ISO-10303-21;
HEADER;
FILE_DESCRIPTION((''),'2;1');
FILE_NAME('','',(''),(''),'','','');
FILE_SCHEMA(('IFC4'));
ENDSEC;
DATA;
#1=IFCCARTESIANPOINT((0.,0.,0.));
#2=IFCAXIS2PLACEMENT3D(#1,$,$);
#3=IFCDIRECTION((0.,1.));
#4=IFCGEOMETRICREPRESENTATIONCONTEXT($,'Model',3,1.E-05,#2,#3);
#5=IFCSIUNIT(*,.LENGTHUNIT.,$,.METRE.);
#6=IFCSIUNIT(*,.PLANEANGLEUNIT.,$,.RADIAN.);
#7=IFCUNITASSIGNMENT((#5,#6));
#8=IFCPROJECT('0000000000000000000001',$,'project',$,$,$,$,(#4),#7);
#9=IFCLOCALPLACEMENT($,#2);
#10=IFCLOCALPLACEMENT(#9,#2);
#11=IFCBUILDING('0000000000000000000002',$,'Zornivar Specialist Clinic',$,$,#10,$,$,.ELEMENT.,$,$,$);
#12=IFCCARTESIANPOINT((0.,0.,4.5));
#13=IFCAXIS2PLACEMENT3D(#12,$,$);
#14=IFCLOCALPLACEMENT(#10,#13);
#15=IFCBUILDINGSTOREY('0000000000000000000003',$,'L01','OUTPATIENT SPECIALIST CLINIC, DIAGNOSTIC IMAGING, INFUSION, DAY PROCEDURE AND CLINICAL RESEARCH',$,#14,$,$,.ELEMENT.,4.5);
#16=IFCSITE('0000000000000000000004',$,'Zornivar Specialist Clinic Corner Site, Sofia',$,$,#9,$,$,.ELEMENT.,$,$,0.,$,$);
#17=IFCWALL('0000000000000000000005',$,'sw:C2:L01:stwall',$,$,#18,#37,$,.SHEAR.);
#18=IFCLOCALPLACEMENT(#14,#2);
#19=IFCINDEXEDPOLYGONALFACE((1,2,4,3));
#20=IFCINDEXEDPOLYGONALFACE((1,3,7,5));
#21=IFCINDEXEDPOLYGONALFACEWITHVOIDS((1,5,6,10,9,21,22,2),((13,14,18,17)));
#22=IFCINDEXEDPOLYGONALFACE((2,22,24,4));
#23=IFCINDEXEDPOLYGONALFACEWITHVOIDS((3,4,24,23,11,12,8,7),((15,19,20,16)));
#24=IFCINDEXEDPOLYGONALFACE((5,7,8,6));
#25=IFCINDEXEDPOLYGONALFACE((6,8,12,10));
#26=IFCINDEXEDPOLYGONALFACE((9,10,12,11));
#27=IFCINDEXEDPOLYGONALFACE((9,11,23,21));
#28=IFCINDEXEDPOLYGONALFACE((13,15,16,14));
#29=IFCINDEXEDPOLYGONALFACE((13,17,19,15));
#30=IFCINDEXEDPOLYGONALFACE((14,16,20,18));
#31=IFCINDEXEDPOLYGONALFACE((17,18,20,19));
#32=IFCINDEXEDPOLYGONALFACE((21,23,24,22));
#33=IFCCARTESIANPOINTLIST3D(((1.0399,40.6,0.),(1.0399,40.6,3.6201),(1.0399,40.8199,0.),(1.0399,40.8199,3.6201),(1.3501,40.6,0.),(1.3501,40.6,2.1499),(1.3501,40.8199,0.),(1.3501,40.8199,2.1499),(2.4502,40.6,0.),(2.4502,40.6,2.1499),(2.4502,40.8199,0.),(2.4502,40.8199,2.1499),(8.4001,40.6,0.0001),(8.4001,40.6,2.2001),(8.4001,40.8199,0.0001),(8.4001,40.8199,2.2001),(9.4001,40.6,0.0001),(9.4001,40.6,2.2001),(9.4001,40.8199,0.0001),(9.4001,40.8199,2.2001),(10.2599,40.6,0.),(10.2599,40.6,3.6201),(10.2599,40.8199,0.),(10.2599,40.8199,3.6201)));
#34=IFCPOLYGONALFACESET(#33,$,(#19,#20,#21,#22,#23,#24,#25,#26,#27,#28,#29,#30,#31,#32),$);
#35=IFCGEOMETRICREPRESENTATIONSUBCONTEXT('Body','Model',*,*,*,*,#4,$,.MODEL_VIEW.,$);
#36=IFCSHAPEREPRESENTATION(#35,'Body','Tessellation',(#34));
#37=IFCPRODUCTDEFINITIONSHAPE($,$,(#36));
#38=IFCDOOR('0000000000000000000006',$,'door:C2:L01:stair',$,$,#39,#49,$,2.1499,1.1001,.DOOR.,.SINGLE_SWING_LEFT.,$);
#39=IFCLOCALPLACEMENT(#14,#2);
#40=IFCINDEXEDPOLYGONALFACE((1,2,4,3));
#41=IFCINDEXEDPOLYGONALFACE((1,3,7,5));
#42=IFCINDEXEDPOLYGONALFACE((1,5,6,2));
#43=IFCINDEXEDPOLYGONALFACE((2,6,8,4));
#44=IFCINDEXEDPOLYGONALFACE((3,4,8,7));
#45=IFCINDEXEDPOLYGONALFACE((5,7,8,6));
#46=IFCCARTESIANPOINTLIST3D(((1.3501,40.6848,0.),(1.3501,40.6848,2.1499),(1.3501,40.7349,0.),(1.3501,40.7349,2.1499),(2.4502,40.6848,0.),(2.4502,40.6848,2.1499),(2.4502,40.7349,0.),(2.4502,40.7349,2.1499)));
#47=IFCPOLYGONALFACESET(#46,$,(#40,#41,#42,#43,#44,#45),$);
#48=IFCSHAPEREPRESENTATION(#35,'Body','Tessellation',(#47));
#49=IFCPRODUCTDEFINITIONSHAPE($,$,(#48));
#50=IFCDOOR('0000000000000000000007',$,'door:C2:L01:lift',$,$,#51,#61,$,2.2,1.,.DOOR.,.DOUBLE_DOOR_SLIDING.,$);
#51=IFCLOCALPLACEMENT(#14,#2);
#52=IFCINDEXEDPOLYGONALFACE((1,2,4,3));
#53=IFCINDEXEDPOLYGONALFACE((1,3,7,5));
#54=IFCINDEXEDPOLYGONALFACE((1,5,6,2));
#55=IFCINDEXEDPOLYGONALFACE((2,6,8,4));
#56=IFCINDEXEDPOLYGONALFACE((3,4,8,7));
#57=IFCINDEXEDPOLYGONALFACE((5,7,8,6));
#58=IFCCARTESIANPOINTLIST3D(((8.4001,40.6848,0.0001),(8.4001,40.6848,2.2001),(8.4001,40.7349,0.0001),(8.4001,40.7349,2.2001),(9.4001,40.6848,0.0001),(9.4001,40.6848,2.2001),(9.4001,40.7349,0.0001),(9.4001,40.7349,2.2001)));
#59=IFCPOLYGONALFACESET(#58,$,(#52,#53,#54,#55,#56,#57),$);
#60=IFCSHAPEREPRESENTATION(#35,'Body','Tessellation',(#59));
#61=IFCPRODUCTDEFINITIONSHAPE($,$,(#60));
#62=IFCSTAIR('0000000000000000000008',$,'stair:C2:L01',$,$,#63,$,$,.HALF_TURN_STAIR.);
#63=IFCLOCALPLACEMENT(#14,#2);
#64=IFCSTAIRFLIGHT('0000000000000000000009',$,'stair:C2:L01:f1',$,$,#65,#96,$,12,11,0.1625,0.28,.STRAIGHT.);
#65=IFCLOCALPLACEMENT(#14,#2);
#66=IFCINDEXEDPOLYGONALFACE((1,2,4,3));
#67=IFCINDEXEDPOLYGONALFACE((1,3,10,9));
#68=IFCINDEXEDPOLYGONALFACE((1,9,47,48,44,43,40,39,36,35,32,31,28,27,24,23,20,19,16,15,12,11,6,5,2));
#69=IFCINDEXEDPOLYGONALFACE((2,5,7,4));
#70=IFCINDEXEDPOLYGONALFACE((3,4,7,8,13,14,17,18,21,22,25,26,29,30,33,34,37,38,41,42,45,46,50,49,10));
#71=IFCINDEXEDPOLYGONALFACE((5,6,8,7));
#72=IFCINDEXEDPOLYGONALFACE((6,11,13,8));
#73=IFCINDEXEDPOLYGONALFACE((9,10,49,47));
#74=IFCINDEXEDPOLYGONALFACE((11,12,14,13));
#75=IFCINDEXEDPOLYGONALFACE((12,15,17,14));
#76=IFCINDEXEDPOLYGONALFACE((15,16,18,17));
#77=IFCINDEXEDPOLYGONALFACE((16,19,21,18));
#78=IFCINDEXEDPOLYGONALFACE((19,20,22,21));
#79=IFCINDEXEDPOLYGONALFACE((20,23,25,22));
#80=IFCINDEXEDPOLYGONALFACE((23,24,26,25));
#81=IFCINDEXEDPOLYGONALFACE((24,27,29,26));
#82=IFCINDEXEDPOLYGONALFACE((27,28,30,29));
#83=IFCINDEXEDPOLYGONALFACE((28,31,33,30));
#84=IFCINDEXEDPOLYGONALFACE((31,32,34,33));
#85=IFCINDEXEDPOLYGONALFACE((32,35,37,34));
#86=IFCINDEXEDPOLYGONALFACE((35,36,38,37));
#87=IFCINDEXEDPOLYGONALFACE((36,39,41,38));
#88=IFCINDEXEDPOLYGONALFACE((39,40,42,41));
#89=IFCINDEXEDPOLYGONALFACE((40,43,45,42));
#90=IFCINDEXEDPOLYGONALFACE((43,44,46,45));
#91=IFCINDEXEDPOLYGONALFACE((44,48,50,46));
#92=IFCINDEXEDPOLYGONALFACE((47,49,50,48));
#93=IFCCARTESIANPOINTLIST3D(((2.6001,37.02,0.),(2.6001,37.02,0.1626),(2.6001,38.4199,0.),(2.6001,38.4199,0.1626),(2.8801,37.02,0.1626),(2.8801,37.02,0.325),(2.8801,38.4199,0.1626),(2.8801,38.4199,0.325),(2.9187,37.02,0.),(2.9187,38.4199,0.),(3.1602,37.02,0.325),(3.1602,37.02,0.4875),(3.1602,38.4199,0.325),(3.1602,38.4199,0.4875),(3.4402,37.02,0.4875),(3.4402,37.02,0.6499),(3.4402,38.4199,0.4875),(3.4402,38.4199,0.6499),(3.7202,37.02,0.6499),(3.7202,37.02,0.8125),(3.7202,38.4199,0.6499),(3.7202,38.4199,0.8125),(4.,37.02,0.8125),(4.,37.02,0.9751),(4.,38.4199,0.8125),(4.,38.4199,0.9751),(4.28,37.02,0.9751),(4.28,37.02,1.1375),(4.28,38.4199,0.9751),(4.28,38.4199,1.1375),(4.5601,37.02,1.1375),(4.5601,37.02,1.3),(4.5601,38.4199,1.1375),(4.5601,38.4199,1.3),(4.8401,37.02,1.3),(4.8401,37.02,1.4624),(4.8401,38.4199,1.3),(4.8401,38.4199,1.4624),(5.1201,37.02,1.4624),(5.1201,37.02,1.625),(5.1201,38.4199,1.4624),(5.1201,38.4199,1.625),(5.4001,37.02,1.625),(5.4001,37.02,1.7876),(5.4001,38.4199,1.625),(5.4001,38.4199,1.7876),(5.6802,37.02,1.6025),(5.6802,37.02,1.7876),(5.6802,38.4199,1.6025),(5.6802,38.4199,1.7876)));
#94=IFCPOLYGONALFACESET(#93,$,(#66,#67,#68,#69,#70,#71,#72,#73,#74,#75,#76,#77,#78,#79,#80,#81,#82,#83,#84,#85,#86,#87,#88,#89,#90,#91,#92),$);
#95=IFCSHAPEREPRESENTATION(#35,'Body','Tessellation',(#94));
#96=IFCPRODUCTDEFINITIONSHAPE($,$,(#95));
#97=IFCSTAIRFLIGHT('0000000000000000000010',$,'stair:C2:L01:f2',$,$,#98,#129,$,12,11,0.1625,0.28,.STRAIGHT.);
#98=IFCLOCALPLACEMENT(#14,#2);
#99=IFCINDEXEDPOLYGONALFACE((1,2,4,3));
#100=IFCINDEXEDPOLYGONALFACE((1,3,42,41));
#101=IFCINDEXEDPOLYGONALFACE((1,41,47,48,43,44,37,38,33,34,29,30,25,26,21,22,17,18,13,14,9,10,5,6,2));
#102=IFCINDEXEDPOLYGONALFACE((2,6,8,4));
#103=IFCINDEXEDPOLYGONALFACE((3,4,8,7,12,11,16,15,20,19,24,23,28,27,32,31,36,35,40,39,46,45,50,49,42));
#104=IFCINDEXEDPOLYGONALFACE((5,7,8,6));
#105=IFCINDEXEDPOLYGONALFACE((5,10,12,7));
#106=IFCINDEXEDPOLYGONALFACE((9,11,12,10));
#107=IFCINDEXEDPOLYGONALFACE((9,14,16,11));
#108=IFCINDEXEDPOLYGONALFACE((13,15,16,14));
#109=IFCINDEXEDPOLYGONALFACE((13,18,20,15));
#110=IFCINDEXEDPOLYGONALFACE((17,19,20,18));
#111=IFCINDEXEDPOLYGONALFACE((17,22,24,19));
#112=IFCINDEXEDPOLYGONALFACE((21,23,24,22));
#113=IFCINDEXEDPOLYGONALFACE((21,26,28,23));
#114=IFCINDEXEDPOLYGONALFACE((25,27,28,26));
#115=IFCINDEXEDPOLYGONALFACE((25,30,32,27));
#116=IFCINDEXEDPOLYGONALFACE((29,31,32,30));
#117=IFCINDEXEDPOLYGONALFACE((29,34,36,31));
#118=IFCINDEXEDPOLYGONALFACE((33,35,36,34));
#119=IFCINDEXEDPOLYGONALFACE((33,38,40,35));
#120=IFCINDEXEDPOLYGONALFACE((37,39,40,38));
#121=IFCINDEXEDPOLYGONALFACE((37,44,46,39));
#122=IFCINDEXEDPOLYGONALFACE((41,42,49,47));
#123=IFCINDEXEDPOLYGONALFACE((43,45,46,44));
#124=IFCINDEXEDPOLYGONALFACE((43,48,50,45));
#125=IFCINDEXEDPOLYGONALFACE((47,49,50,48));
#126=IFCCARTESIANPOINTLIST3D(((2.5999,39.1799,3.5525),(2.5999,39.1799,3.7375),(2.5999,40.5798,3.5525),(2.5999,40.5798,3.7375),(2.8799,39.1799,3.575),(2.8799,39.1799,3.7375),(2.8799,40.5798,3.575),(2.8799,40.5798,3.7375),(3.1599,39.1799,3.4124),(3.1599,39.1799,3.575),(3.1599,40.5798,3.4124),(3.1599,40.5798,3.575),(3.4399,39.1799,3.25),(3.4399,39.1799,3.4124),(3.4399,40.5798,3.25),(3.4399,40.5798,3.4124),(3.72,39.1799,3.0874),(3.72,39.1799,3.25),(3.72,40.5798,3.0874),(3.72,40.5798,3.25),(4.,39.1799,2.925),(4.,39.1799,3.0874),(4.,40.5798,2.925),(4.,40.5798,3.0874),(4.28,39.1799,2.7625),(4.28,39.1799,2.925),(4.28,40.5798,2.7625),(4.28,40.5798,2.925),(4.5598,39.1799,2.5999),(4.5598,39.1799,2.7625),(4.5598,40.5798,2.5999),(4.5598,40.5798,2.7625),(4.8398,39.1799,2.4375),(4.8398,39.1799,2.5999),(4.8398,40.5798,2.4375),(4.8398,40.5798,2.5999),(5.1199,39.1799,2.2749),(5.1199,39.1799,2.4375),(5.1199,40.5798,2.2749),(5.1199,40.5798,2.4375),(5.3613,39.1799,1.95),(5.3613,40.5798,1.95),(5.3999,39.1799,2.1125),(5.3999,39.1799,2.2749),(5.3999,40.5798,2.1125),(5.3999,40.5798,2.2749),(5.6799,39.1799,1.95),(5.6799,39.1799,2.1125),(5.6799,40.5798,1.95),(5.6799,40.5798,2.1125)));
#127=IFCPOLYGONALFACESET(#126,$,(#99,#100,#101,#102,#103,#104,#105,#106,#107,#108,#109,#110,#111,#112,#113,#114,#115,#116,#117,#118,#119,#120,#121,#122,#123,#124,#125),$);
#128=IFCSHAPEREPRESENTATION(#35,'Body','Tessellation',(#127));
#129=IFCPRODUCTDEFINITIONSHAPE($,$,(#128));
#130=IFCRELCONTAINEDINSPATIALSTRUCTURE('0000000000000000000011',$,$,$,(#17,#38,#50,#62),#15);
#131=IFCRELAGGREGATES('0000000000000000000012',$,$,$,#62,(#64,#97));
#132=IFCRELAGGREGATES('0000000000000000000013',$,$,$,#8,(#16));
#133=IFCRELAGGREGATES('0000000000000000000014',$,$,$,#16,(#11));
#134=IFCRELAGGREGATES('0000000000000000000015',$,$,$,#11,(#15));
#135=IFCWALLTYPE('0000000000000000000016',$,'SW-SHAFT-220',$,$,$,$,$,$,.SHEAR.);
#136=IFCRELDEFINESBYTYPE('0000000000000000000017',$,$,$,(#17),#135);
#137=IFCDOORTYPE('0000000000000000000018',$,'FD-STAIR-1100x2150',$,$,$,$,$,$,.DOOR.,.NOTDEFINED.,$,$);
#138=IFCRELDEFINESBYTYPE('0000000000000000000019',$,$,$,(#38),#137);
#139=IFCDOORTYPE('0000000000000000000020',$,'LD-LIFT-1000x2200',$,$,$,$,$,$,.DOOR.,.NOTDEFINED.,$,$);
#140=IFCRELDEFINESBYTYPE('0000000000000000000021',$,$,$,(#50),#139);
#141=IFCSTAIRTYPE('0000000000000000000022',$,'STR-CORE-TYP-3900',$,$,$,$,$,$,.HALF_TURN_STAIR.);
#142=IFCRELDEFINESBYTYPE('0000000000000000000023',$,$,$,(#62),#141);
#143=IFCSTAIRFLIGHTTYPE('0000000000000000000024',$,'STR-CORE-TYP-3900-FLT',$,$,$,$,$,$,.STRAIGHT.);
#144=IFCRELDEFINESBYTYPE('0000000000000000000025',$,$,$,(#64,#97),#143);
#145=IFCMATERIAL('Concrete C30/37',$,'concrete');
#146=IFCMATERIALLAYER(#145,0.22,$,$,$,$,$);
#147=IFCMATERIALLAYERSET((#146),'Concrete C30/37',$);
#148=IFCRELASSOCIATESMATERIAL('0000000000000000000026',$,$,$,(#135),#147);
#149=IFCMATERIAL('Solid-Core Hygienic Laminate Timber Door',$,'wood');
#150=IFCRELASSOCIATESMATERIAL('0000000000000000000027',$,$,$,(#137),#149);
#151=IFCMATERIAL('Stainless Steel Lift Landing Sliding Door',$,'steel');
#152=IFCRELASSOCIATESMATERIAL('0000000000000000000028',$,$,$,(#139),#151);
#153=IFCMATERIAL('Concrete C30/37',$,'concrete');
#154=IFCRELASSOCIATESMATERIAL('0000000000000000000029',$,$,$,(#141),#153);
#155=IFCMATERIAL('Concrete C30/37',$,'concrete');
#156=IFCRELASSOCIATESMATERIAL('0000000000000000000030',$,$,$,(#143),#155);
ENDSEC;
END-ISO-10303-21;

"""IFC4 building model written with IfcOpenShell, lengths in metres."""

from ifc_helpers import new_model, si_unit, direction, frame, frame_2d, origin, place, context, subcontext, project, spatial, polyline, rectangle, outline, extrude, material, layer, layer_set, type_object, element, fill, aggregate, save


model = new_model("IFC4")

# Units and contexts
model_context = context("Model", 3, precision=1e-05, world=origin(), true_north=direction((0.0, 1.0)))
body_context = subcontext(model_context, "Body", "Model", "MODEL_VIEW")
ifc_project = project(units=[si_unit("LENGTHUNIT", "METRE"), si_unit("PLANEANGLEUNIT", "RADIAN")], contexts=[model_context])

# Site, building, storey
site_placement = place(None, origin())
site = spatial("IfcSite", under=ifc_project, at=site_placement, Name="Zornivar Specialist Clinic Corner Site, Sofia", CompositionType="ELEMENT", RefElevation=0.0)
building_placement = place(site_placement, origin())
building = spatial("IfcBuilding", under=site, at=building_placement, Name="Zornivar Specialist Clinic", CompositionType="ELEMENT")
storey_placement = place(building_placement, frame((0.0, 0.0, 4.5)))
storey = spatial("IfcBuildingStorey", under=building, at=storey_placement, Name="L01", Description="OUTPATIENT SPECIALIST CLINIC, DIAGNOSTIC IMAGING, INFUSION, DAY PROCEDURE AND CLINICAL RESEARCH", CompositionType="ELEMENT", Elevation=4.5)

# Wall, openings, doors
ifc_material_1 = material(Name="Concrete C30/37", Category="concrete")
ifc_layer_1 = layer(ifc_material_1, 0.22)
ifc_layer_set_1 = layer_set([ifc_layer_1], Name="Concrete C30/37")
wall_type_1 = type_object("IfcWallType", Name="SW-SHAFT-220", PredefinedType="SHEAR", material=ifc_layer_set_1)
wall_1_placement = place(storey_placement, frame((1.04, 40.71, 0.0), z_axis=(0.0, 0.0, 1.0), x_axis=(1.0, 0.0, 0.0)))
wall_1 = element("IfcWall", 1, at=wall_1_placement, inside=storey, type_object=wall_type_1, Name="sw:C2:L01:stwall", PredefinedType="SHEAR", context=body_context, shape_type="SweptSolid", body=[
    extrude(rectangle(XDim=9.22, YDim=0.22, at=frame_2d((4.6099, 0.0))), origin(), (0.0, 0.0, 1.0), 3.6201),
])
opening_1_placement = place(wall_1_placement, frame((0.3101, 0.0, 0.0)))
opening_1 = element("IfcOpeningElement", 2, at=opening_1_placement, cuts=wall_1, PredefinedType="OPENING", context=body_context, shape_type="SweptSolid", body=[
    extrude(rectangle(XDim=1.1001, YDim=2.1499, at=frame_2d((0.55, 1.075))), frame((0.0, 0.1199, 0.0), z_axis=(0.0, -1.0, 0.0), x_axis=(1.0, 0.0, 0.0)), (0.0, 0.0, 1.0), 0.24),
])
opening_2_placement = place(wall_1_placement, frame((7.3601, 0.0, 0.0)))
opening_2 = element("IfcOpeningElement", 3, at=opening_2_placement, cuts=wall_1, PredefinedType="OPENING", context=body_context, shape_type="SweptSolid", body=[
    extrude(rectangle(XDim=1.0, YDim=2.2, at=frame_2d((0.5, 1.1001))), frame((0.0, 0.1199, 0.0), z_axis=(0.0, -1.0, 0.0), x_axis=(1.0, 0.0, 0.0)), (0.0, 0.0, 1.0), 0.24),
])
ifc_material_2 = material(Name="Solid-Core Hygienic Laminate Timber Door", Category="wood")
door_type_1 = type_object("IfcDoorType", Name="FD-STAIR-1100x2150", OperationType="NOTDEFINED", PredefinedType="DOOR", material=ifc_material_2)
door_1_placement = place(opening_1_placement, origin())
door_1 = element("IfcDoor", 4, at=door_1_placement, inside=storey, type_object=door_type_1, Name="door:C2:L01:stair", OperationType="SINGLE_SWING_LEFT", OverallHeight=2.1499, OverallWidth=1.1001, PredefinedType="DOOR", context=body_context, shape_type="SweptSolid", body=[
    extrude(rectangle(XDim=1.1001, YDim=2.1499, at=frame_2d((0.55, 1.075))), frame((0.0, 0.0249, 0.0), z_axis=(0.0, -1.0, 0.0), x_axis=(1.0, 0.0, 0.0)), (0.0, 0.0, 1.0), 0.05),
])
fill(opening_1, door_1)
ifc_material_3 = material(Name="Stainless Steel Lift Landing Sliding Door", Category="steel")
door_type_2 = type_object("IfcDoorType", Name="LD-LIFT-1000x2200", OperationType="NOTDEFINED", PredefinedType="DOOR", material=ifc_material_3)
door_2_placement = place(opening_2_placement, origin())
door_2 = element("IfcDoor", 5, at=door_2_placement, inside=storey, type_object=door_type_2, Name="door:C2:L01:lift", OperationType="DOUBLE_DOOR_SLIDING", OverallHeight=2.2, OverallWidth=1.0, PredefinedType="DOOR", context=body_context, shape_type="SweptSolid", body=[
    extrude(rectangle(XDim=1.0, YDim=2.2, at=frame_2d((0.5, 1.1001))), frame((0.0, 0.0249, 0.0), z_axis=(0.0, -1.0, 0.0), x_axis=(1.0, 0.0, 0.0)), (0.0, 0.0, 1.0), 0.05),
])
fill(opening_2, door_2)

# Stair, stair flights
ifc_material_4 = material(Name="Concrete C30/37", Category="concrete")
stair_type = type_object("IfcStairType", Name="STR-CORE-TYP-3900", PredefinedType="HALF_TURN_STAIR", material=ifc_material_4)
stair_placement = place(storey_placement, origin())
stair = element("IfcStair", 6, at=stair_placement, inside=storey, type_object=stair_type, Name="stair:C2:L01", PredefinedType="HALF_TURN_STAIR")
ifc_material_5 = material(Name="Concrete C30/37", Category="concrete")
stair_flight_type = type_object("IfcStairFlightType", Name="STR-CORE-TYP-3900-FLT", PredefinedType="STRAIGHT", material=ifc_material_5)
stair_flight_1_placement = place(storey_placement, frame((2.6001, 37.72, 0.0), z_axis=(0.0, 0.0, 1.0), x_axis=(1.0, 0.0, 0.0)))
stair_flight_1 = element("IfcStairFlight", 7, at=stair_flight_1_placement, type_object=stair_flight_type, Name="stair:C2:L01:f1", NumberOfRisers=12, NumberOfTreads=11, PredefinedType="STRAIGHT", RiserHeight=0.1625, TreadLength=0.28, context=body_context, shape_type="SweptSolid", body=[
    extrude(outline(polyline([(0.0, 0.0), (0.0, 0.1626), (0.28, 0.1626), (0.28, 0.325), (0.5601, 0.325), (0.5601, 0.4875), (0.8401, 0.4875), (0.8401, 0.6499), (1.1201, 0.6499), (1.1201, 0.8125), (1.3999, 0.8125), (1.3999, 0.9751), (1.6799, 0.9751), (1.6799, 1.1375), (1.96, 1.1375), (1.96, 1.3), (2.24, 1.3), (2.24, 1.4624), (2.52, 1.4624), (2.52, 1.625), (2.8, 1.625), (2.8, 1.7876), (3.0801, 1.7876), (3.0801, 1.95), (3.0801, 1.6025), (0.3186, 0.0), (0.0, 0.0)])), frame((0.0, 0.7, 0.0), z_axis=(0.0, -1.0, 0.0), x_axis=(1.0, 0.0, 0.0)), (0.0, 0.0, 1.0), 1.3999),
])
stair_flight_2_placement = place(storey_placement, frame((5.6799, 39.8799, 1.95), z_axis=(0.0, 0.0, 1.0), x_axis=(-1.0, 0.0, 0.0)))
stair_flight_2 = element("IfcStairFlight", 8, at=stair_flight_2_placement, type_object=stair_flight_type, Name="stair:C2:L01:f2", NumberOfRisers=12, NumberOfTreads=11, PredefinedType="STRAIGHT", RiserHeight=0.1625, TreadLength=0.28, context=body_context, shape_type="SweptSolid", body=[
    extrude(outline(polyline([(0.0, 0.0), (0.0, 0.1626), (0.28, 0.1626), (0.28, 0.325), (0.5601, 0.325), (0.5601, 0.4875), (0.8401, 0.4875), (0.8401, 0.6499), (1.1201, 0.6499), (1.1201, 0.8125), (1.3999, 0.8125), (1.3999, 0.9751), (1.6799, 0.9751), (1.6799, 1.1375), (1.96, 1.1375), (1.96, 1.3), (2.24, 1.3), (2.24, 1.4624), (2.52, 1.4624), (2.52, 1.625), (2.8, 1.625), (2.8, 1.7876), (3.0801, 1.7876), (3.0801, 1.95), (3.0801, 1.6025), (0.3186, 0.0), (0.0, 0.0)])), frame((0.0, 0.7, 0.0), z_axis=(0.0, -1.0, 0.0), x_axis=(1.0, 0.0, 0.0)), (0.0, 0.0, 1.0), 1.3999),
])
aggregate(stair, [stair_flight_1, stair_flight_2])

save(model, "model.ifc")
